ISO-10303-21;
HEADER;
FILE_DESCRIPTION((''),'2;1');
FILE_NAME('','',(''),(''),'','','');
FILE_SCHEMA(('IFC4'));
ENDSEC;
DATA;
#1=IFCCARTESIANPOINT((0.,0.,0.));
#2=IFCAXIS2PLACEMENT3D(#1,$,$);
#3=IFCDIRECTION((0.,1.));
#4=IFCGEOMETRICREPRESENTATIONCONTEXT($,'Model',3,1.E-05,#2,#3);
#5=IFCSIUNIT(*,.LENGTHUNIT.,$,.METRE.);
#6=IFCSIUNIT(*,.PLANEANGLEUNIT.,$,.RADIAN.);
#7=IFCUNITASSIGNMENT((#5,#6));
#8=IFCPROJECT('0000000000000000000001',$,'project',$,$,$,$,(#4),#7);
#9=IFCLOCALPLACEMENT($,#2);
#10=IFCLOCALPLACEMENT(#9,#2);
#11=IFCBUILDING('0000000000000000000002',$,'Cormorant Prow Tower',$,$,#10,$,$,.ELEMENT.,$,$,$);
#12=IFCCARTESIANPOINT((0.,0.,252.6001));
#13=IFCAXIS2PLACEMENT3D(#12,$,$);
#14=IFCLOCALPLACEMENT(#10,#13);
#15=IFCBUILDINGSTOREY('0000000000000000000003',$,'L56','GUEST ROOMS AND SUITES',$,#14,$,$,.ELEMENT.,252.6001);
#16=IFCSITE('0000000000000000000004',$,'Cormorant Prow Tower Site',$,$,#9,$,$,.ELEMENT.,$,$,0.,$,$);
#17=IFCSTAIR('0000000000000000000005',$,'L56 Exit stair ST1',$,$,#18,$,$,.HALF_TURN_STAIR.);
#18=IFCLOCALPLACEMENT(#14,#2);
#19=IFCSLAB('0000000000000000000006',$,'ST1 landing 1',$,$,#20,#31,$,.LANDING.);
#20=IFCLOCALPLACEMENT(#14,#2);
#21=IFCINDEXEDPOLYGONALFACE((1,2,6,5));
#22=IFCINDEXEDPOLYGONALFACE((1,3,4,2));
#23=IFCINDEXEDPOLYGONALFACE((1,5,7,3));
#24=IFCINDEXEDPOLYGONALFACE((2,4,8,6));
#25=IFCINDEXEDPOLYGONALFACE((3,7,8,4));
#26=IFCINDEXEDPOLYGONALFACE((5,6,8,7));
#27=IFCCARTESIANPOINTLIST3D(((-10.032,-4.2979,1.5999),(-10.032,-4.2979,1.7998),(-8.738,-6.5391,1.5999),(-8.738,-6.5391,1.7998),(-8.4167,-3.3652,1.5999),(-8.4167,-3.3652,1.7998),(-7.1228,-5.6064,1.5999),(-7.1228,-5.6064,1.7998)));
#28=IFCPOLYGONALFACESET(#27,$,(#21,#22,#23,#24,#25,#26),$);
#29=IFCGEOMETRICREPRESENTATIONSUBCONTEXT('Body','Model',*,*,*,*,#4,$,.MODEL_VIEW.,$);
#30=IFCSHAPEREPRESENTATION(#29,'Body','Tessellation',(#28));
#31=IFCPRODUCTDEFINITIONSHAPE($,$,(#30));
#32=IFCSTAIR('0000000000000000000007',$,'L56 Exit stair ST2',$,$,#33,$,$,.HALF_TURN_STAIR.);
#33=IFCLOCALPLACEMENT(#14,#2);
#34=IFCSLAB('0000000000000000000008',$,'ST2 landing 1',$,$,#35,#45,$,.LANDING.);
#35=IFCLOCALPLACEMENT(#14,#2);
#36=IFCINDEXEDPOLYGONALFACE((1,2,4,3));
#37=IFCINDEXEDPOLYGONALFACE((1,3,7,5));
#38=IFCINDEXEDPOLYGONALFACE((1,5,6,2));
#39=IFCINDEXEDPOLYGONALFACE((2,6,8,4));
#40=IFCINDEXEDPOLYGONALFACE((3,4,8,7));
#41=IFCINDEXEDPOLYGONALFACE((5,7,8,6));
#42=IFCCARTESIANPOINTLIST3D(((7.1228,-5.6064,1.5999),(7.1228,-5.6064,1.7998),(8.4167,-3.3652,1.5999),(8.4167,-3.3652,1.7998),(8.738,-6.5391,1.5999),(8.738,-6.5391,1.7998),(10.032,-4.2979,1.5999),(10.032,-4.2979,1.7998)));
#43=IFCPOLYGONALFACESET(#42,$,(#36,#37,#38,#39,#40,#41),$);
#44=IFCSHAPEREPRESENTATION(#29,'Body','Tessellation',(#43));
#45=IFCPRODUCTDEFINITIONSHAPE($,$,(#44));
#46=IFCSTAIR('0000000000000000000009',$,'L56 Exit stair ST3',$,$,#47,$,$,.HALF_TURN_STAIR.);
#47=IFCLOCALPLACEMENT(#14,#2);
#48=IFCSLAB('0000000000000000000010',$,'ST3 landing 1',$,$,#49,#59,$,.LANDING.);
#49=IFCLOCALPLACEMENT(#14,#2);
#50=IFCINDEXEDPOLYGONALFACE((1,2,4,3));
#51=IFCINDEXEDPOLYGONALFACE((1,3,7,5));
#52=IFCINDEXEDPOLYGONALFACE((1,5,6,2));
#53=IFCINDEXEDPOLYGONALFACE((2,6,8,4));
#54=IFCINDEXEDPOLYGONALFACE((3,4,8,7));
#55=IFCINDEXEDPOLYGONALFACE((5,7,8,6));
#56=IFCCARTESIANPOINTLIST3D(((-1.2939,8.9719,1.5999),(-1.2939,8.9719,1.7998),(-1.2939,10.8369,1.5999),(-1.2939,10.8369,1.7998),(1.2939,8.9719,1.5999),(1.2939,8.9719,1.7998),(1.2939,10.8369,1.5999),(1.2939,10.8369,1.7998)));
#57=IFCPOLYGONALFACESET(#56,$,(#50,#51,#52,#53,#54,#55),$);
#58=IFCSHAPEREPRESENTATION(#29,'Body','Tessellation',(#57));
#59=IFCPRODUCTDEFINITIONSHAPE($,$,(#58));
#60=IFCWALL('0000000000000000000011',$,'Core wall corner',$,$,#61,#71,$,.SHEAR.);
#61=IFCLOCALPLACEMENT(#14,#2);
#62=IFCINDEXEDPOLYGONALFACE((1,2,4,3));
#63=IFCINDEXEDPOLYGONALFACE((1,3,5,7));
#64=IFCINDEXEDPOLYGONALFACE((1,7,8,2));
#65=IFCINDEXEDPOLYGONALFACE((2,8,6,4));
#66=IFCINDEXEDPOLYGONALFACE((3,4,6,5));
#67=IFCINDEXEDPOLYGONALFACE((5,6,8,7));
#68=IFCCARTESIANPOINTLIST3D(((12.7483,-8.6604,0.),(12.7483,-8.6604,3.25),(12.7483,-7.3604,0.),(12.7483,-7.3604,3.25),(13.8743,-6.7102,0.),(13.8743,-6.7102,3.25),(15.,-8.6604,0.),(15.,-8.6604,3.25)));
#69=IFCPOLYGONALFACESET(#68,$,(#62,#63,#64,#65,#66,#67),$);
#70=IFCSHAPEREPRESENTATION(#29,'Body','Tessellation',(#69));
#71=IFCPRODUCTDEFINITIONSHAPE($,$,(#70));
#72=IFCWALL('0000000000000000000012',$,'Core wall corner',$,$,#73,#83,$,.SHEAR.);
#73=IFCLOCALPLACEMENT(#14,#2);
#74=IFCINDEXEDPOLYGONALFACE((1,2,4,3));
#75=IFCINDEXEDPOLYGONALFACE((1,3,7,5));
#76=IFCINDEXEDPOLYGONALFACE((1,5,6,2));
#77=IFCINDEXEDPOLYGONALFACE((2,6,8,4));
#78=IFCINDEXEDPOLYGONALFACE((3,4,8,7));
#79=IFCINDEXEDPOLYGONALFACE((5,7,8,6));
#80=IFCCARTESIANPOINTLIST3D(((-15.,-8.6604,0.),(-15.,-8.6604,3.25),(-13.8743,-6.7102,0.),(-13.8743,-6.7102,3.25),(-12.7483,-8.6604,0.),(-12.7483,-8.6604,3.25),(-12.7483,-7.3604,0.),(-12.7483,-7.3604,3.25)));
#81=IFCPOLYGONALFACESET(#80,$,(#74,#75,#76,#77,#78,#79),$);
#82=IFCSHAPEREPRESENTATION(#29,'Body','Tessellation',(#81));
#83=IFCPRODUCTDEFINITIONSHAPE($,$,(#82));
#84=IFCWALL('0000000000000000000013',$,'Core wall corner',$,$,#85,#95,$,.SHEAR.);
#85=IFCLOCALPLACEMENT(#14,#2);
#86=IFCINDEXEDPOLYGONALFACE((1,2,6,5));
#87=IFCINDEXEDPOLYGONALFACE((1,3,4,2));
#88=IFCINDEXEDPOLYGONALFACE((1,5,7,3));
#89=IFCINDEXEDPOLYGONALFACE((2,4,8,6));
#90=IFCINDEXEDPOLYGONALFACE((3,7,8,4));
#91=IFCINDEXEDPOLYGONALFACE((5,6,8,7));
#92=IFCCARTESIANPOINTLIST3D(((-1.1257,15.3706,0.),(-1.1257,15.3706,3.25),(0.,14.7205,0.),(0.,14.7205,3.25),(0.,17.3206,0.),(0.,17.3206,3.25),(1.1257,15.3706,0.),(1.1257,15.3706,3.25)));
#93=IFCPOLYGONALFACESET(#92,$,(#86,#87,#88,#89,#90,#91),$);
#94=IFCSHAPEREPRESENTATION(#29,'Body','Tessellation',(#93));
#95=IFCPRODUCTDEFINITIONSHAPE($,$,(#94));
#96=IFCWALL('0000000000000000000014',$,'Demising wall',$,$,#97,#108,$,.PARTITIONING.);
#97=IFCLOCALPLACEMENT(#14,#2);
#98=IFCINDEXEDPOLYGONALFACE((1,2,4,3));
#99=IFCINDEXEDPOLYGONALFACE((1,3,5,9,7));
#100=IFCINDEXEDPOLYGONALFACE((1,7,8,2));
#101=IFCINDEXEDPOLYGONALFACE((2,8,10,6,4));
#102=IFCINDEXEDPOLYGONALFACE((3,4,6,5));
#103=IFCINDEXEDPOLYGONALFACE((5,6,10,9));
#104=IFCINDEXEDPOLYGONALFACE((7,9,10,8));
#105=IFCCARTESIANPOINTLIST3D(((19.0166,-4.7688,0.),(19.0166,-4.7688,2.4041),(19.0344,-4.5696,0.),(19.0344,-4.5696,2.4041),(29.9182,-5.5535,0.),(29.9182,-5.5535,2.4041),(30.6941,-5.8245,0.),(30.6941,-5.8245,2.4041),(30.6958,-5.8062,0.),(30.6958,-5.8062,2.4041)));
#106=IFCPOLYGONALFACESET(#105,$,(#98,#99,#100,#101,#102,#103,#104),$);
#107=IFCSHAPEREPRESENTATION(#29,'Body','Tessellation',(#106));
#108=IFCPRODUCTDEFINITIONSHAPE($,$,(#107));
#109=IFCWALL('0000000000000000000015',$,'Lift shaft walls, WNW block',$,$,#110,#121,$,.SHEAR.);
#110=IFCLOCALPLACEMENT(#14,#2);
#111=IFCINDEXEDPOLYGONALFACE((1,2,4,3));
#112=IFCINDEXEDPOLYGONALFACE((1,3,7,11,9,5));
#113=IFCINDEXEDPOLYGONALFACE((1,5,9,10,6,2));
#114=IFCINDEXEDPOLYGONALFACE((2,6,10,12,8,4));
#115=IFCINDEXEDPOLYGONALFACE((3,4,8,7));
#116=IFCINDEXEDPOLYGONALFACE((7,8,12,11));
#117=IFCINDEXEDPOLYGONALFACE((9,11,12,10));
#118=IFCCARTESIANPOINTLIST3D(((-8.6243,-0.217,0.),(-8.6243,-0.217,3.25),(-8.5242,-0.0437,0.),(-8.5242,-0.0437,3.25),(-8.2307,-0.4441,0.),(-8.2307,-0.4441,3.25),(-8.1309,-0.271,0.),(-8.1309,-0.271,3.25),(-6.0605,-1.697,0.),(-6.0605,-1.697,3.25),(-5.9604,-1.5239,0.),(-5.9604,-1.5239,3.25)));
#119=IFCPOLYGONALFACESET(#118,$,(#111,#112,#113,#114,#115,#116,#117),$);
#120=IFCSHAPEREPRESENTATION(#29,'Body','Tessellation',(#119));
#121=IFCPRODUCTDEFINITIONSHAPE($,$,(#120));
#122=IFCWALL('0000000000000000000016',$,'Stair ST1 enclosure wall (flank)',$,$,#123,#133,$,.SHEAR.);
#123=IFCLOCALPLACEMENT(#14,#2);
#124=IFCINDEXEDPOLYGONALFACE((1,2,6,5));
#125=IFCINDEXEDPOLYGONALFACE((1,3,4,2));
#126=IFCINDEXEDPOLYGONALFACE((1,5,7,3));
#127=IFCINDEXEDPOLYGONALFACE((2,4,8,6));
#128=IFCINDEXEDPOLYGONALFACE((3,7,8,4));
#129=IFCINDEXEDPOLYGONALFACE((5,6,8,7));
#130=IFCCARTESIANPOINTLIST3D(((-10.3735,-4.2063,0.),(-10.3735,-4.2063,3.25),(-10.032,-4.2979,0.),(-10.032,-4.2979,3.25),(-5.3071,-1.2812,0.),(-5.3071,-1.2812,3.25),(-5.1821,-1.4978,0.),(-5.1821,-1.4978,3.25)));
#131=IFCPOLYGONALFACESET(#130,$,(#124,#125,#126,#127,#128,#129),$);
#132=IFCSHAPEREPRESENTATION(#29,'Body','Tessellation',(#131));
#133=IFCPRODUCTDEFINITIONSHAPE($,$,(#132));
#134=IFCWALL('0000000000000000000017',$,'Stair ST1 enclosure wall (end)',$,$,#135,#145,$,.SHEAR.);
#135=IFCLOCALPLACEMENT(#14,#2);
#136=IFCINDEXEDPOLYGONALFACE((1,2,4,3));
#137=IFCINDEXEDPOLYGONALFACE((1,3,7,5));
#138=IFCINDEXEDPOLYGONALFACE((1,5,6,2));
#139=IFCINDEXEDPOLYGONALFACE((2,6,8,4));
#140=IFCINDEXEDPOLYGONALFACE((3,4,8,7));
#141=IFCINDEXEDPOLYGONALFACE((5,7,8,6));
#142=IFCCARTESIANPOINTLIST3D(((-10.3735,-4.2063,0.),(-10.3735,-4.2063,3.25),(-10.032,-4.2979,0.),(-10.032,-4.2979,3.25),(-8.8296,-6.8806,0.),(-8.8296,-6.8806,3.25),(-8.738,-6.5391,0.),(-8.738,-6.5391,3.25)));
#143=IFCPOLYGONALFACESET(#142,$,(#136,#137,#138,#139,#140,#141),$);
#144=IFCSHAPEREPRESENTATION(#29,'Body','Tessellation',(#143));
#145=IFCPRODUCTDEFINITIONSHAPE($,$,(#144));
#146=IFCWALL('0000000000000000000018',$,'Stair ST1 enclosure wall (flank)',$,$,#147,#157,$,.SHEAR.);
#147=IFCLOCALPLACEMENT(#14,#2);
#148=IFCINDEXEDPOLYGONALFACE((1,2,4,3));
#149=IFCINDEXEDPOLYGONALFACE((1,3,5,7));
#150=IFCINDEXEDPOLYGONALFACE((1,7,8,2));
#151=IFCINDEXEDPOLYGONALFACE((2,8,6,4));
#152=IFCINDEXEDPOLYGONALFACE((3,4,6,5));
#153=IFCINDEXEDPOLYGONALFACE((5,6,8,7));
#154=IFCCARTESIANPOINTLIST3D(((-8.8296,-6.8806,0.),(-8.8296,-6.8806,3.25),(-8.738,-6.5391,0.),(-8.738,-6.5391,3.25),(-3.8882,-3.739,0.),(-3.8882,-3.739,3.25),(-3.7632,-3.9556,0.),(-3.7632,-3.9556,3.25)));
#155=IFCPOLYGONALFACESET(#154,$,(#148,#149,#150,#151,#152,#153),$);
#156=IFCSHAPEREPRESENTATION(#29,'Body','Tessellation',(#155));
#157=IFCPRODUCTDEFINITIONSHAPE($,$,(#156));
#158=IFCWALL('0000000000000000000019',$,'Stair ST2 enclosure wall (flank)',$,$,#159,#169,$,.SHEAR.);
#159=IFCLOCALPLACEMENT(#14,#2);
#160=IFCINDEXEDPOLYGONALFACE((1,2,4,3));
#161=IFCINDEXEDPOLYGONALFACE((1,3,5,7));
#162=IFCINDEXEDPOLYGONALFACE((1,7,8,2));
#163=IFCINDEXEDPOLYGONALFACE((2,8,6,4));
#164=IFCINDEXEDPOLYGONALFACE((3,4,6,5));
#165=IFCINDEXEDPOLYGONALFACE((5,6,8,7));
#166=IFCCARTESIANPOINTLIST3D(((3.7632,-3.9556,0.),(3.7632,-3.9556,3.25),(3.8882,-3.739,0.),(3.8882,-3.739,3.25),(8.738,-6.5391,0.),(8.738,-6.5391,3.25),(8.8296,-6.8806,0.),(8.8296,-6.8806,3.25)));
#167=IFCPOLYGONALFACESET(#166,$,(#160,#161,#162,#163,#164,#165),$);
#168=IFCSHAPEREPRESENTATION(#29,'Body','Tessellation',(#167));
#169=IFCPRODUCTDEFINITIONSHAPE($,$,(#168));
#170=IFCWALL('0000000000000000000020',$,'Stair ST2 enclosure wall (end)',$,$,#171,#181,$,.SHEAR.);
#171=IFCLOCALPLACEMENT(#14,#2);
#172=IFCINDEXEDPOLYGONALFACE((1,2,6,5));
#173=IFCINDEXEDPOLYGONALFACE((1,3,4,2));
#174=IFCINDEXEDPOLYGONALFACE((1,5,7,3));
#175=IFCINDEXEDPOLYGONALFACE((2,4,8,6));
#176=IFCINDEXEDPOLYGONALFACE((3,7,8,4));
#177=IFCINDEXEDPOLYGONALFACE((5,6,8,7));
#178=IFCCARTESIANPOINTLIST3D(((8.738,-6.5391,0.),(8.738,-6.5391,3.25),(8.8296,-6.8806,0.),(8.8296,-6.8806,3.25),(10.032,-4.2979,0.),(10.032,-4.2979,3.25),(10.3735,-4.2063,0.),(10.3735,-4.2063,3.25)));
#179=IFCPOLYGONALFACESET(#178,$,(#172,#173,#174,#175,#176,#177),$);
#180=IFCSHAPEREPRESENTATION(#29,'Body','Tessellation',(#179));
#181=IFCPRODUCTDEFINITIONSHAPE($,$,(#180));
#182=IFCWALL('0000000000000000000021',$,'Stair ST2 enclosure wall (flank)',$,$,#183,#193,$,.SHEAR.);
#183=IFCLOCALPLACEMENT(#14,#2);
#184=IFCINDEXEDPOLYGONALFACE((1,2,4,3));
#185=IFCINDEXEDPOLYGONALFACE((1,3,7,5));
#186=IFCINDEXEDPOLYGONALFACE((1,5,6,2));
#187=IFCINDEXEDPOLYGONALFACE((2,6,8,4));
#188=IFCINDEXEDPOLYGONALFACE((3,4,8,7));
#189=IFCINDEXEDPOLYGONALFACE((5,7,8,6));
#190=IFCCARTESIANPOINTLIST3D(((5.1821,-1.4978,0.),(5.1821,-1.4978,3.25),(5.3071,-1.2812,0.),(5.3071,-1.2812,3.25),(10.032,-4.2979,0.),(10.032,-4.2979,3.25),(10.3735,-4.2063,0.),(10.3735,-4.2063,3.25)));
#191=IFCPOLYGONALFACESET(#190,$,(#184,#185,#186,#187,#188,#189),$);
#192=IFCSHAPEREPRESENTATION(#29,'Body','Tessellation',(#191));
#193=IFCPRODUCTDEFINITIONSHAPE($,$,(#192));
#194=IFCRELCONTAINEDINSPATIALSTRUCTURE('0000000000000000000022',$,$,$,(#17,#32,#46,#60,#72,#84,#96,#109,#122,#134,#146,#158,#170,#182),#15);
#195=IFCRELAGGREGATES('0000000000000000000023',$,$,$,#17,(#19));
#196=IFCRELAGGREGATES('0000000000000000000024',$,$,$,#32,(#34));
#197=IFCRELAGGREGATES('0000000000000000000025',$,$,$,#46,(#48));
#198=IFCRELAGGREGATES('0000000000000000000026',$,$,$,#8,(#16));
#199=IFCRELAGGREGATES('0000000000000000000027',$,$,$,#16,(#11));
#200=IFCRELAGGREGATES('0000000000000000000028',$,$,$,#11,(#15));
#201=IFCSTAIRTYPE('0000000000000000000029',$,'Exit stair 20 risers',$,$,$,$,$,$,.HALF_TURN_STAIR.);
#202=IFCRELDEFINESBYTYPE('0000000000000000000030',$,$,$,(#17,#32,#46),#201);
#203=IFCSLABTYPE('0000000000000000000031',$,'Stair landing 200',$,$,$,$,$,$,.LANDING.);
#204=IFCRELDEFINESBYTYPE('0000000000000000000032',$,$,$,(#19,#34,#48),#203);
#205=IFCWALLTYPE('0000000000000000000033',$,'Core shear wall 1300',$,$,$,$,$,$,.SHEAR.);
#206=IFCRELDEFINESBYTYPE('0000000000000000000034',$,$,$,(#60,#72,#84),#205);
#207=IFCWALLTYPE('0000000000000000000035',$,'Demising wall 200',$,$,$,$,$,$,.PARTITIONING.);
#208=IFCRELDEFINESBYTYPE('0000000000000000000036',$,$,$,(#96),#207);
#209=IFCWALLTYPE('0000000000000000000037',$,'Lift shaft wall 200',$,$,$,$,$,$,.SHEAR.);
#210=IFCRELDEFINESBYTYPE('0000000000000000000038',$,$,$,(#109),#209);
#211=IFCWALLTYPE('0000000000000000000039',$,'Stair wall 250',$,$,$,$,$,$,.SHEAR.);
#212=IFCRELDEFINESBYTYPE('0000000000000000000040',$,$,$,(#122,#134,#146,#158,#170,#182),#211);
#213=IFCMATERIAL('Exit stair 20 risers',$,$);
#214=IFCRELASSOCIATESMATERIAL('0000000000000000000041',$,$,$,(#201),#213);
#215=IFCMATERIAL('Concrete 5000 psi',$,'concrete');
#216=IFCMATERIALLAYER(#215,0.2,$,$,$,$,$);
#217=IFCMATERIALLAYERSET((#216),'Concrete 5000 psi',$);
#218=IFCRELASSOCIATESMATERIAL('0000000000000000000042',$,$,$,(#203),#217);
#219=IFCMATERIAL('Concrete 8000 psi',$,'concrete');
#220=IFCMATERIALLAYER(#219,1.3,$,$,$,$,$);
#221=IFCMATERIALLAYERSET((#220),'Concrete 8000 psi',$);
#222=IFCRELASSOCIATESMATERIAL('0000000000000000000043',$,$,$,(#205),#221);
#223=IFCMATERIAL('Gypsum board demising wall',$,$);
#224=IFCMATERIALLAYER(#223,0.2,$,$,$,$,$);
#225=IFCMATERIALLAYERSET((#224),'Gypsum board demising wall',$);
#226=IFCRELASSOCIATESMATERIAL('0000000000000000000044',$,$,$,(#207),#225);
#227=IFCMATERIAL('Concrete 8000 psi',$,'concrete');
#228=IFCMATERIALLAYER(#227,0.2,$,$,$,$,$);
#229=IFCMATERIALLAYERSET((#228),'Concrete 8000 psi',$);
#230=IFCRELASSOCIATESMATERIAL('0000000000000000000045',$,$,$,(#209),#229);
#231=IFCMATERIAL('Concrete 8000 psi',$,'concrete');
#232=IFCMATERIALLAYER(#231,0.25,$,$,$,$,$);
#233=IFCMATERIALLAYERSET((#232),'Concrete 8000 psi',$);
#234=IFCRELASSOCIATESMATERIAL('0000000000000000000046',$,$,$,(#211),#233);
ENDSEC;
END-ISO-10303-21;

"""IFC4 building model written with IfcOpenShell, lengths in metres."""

from ifc_helpers import new_model, si_unit, direction, frame, origin, place, context, subcontext, project, spatial, polyline, outline, extrude, material, layer, layer_set, type_object, element, aggregate, save


model = new_model("IFC4")

# Units and contexts
model_context = context("Model", 3, precision=1e-05, world=origin(), true_north=direction((0.0, 1.0)))
body_context = subcontext(model_context, "Body", "Model", "MODEL_VIEW")
ifc_project = project(units=[si_unit("LENGTHUNIT", "METRE"), si_unit("PLANEANGLEUNIT", "RADIAN")], contexts=[model_context])

# Site, building, storey
site_placement = place(None, origin())
site = spatial("IfcSite", under=ifc_project, at=site_placement, Name="Cormorant Prow Tower Site", CompositionType="ELEMENT", RefElevation=0.0)
building_placement = place(site_placement, origin())
building = spatial("IfcBuilding", under=site, at=building_placement, Name="Cormorant Prow Tower", CompositionType="ELEMENT")
storey_placement = place(building_placement, frame((0.0, 0.0, 252.6001)))
storey = spatial("IfcBuildingStorey", under=building, at=storey_placement, Name="L56", Description="GUEST ROOMS AND SUITES", CompositionType="ELEMENT", Elevation=252.6001)

# Stairs, slabs
ifc_material_1 = material(Name="Exit stair 20 risers")
stair_type = type_object("IfcStairType", Name="Exit stair 20 risers", PredefinedType="HALF_TURN_STAIR", material=ifc_material_1)
stair_1_placement = place(storey_placement, origin())
stair_1 = element("IfcStair", 1, at=stair_1_placement, inside=storey, type_object=stair_type, Name="L56 Exit stair ST1", PredefinedType="HALF_TURN_STAIR")
ifc_material_2 = material(Name="Concrete 5000 psi", Category="concrete")
ifc_layer_1 = layer(ifc_material_2, 0.2)
ifc_layer_set_1 = layer_set([ifc_layer_1], Name="Concrete 5000 psi")
slab_type = type_object("IfcSlabType", Name="Stair landing 200", PredefinedType="LANDING", material=ifc_layer_set_1)
slab_1_placement = place(storey_placement, frame((0.0, 0.0, 1.5999)))
slab_1 = element("IfcSlab", 2, at=slab_1_placement, type_object=slab_type, Name="ST1 landing 1", PredefinedType="LANDING", context=body_context, shape_type="SweptSolid", body=[
    extrude(outline(polyline([(-8.4167, -3.3652), (-10.032, -4.2979), (-8.738, -6.5391), (-7.1228, -5.6064), (-8.4167, -3.3652)])), origin(), (0.0, 0.0, 1.0), 0.2),
])
aggregate(stair_1, [slab_1])
stair_2_placement = place(storey_placement, origin())
stair_2 = element("IfcStair", 3, at=stair_2_placement, inside=storey, type_object=stair_type, Name="L56 Exit stair ST2", PredefinedType="HALF_TURN_STAIR")
slab_2_placement = place(storey_placement, frame((0.0, 0.0, 1.5999)))
slab_2 = element("IfcSlab", 4, at=slab_2_placement, type_object=slab_type, Name="ST2 landing 1", PredefinedType="LANDING", context=body_context, shape_type="SweptSolid", body=[
    extrude(outline(polyline([(7.1228, -5.6064), (8.738, -6.5391), (10.032, -4.2979), (8.4167, -3.3652), (7.1228, -5.6064)])), origin(), (0.0, 0.0, 1.0), 0.2),
])
aggregate(stair_2, [slab_2])
stair_3_placement = place(storey_placement, origin())
stair_3 = element("IfcStair", 5, at=stair_3_placement, inside=storey, type_object=stair_type, Name="L56 Exit stair ST3", PredefinedType="HALF_TURN_STAIR")
slab_3_placement = place(storey_placement, frame((0.0, 0.0, 1.5999)))
slab_3 = element("IfcSlab", 6, at=slab_3_placement, type_object=slab_type, Name="ST3 landing 1", PredefinedType="LANDING", context=body_context, shape_type="SweptSolid", body=[
    extrude(outline(polyline([(1.2939, 8.9719), (1.2939, 10.8369), (-1.2939, 10.8369), (-1.2939, 8.9719), (1.2939, 8.9719)])), origin(), (0.0, 0.0, 1.0), 0.2),
])

# Walls
ifc_material_3 = material(Name="Concrete 8000 psi", Category="concrete")
ifc_layer_2 = layer(ifc_material_3, 1.3)
ifc_layer_set_2 = layer_set([ifc_layer_2], Name="Concrete 8000 psi")
wall_type_1 = type_object("IfcWallType", Name="Core shear wall 1300", PredefinedType="SHEAR", material=ifc_layer_set_2)
wall_1_placement = place(storey_placement, origin())
element("IfcWall", 7, at=wall_1_placement, inside=storey, type_object=wall_type_1, Name="Core wall corner", PredefinedType="SHEAR", context=body_context, shape_type="SweptSolid", body=[
    extrude(outline(polyline([(12.7483, -8.6604), (12.7483, -7.3604), (13.8743, -6.7102), (15.0, -8.6604), (12.7483, -8.6604)])), origin(), (0.0, 0.0, 1.0), 3.25),
])
wall_2_placement = place(storey_placement, origin())
element("IfcWall", 8, at=wall_2_placement, inside=storey, type_object=wall_type_1, Name="Core wall corner", PredefinedType="SHEAR", context=body_context, shape_type="SweptSolid", body=[
    extrude(outline(polyline([(-13.8743, -6.7102), (-12.7483, -7.3604), (-12.7483, -8.6604), (-15.0, -8.6604), (-13.8743, -6.7102)])), origin(), (0.0, 0.0, 1.0), 3.25),
])
wall_3_placement = place(storey_placement, origin())
element("IfcWall", 9, at=wall_3_placement, inside=storey, type_object=wall_type_1, Name="Core wall corner", PredefinedType="SHEAR", context=body_context, shape_type="SweptSolid", body=[
    extrude(outline(polyline([(-1.1257, 15.3706), (0.0, 17.3206), (1.1257, 15.3706), (0.0, 14.7205), (-1.1257, 15.3706)])), origin(), (0.0, 0.0, 1.0), 3.25),
])
ifc_material_4 = material(Name="Gypsum board demising wall")
ifc_layer_3 = layer(ifc_material_4, 0.2)
ifc_layer_set_3 = layer_set([ifc_layer_3], Name="Gypsum board demising wall")
wall_type_2 = type_object("IfcWallType", Name="Demising wall 200", PredefinedType="PARTITIONING", material=ifc_layer_set_3)
wall_4_placement = place(storey_placement, origin())
element("IfcWall", 10, at=wall_4_placement, inside=storey, type_object=wall_type_2, Name="Demising wall", PredefinedType="PARTITIONING", context=body_context, shape_type="SweptSolid", body=[
    extrude(outline(polyline([(30.6941, -5.8245), (19.0166, -4.7688), (19.0344, -4.5696), (29.9182, -5.5535), (30.6958, -5.8062), (30.6941, -5.8245)])), origin(), (0.0, 0.0, 1.0), 2.4041),
])
ifc_material_5 = material(Name="Concrete 8000 psi", Category="concrete")
ifc_layer_4 = layer(ifc_material_5, 0.2)
ifc_layer_set_4 = layer_set([ifc_layer_4], Name="Concrete 8000 psi")
wall_type_3 = type_object("IfcWallType", Name="Lift shaft wall 200", PredefinedType="SHEAR", material=ifc_layer_set_4)
wall_5_placement = place(storey_placement, origin())
element("IfcWall", 11, at=wall_5_placement, inside=storey, type_object=wall_type_3, Name="Lift shaft walls, WNW block", PredefinedType="SHEAR", context=body_context, shape_type="SweptSolid", body=[
    extrude(outline(polyline([(-8.5242, -0.0437), (-8.1309, -0.271), (-5.9604, -1.5239), (-6.0605, -1.697), (-8.2307, -0.4441), (-8.6243, -0.217), (-8.5242, -0.0437)])), origin(), (0.0, 0.0, 1.0), 3.25),
])
ifc_material_6 = material(Name="Concrete 8000 psi", Category="concrete")
ifc_layer_5 = layer(ifc_material_6, 0.25)
ifc_layer_set_5 = layer_set([ifc_layer_5], Name="Concrete 8000 psi")
wall_type_4 = type_object("IfcWallType", Name="Stair wall 250", PredefinedType="SHEAR", material=ifc_layer_set_5)
wall_6_placement = place(storey_placement, origin())
element("IfcWall", 12, at=wall_6_placement, inside=storey, type_object=wall_type_4, Name="Stair ST1 enclosure wall (flank)", PredefinedType="SHEAR", context=body_context, shape_type="SweptSolid", body=[
    extrude(outline(polyline([(-5.3071, -1.2812), (-10.3735, -4.2063), (-10.032, -4.2979), (-5.1821, -1.4978), (-5.3071, -1.2812)])), origin(), (0.0, 0.0, 1.0), 3.25),
])
wall_7_placement = place(storey_placement, origin())
element("IfcWall", 13, at=wall_7_placement, inside=storey, type_object=wall_type_4, Name="Stair ST1 enclosure wall (end)", PredefinedType="SHEAR", context=body_context, shape_type="SweptSolid", body=[
    extrude(outline(polyline([(-10.3735, -4.2063), (-8.8296, -6.8806), (-8.738, -6.5391), (-10.032, -4.2979), (-10.3735, -4.2063)])), origin(), (0.0, 0.0, 1.0), 3.25),
])
wall_8_placement = place(storey_placement, origin())
element("IfcWall", 14, at=wall_8_placement, inside=storey, type_object=wall_type_4, Name="Stair ST1 enclosure wall (flank)", PredefinedType="SHEAR", context=body_context, shape_type="SweptSolid", body=[
    extrude(outline(polyline([(-8.738, -6.5391), (-8.8296, -6.8806), (-3.7632, -3.9556), (-3.8882, -3.739), (-8.738, -6.5391)])), origin(), (0.0, 0.0, 1.0), 3.25),
])
wall_9_placement = place(storey_placement, origin())
element("IfcWall", 15, at=wall_9_placement, inside=storey, type_object=wall_type_4, Name="Stair ST2 enclosure wall (flank)", PredefinedType="SHEAR", context=body_context, shape_type="SweptSolid", body=[
    extrude(outline(polyline([(3.7632, -3.9556), (8.8296, -6.8806), (8.738, -6.5391), (3.8882, -3.739), (3.7632, -3.9556)])), origin(), (0.0, 0.0, 1.0), 3.25),
])
wall_10_placement = place(storey_placement, origin())
element("IfcWall", 16, at=wall_10_placement, inside=storey, type_object=wall_type_4, Name="Stair ST2 enclosure wall (end)", PredefinedType="SHEAR", context=body_context, shape_type="SweptSolid", body=[
    extrude(outline(polyline([(8.8296, -6.8806), (10.3735, -4.2063), (10.032, -4.2979), (8.738, -6.5391), (8.8296, -6.8806)])), origin(), (0.0, 0.0, 1.0), 3.25),
])
wall_11_placement = place(storey_placement, origin())
element("IfcWall", 17, at=wall_11_placement, inside=storey, type_object=wall_type_4, Name="Stair ST2 enclosure wall (flank)", PredefinedType="SHEAR", context=body_context, shape_type="SweptSolid", body=[
    extrude(outline(polyline([(10.032, -4.2979), (10.3735, -4.2063), (5.3071, -1.2812), (5.1821, -1.4978), (10.032, -4.2979)])), origin(), (0.0, 0.0, 1.0), 3.25),
])

aggregate(stair_3, [slab_3])

save(model, "model.ifc")
